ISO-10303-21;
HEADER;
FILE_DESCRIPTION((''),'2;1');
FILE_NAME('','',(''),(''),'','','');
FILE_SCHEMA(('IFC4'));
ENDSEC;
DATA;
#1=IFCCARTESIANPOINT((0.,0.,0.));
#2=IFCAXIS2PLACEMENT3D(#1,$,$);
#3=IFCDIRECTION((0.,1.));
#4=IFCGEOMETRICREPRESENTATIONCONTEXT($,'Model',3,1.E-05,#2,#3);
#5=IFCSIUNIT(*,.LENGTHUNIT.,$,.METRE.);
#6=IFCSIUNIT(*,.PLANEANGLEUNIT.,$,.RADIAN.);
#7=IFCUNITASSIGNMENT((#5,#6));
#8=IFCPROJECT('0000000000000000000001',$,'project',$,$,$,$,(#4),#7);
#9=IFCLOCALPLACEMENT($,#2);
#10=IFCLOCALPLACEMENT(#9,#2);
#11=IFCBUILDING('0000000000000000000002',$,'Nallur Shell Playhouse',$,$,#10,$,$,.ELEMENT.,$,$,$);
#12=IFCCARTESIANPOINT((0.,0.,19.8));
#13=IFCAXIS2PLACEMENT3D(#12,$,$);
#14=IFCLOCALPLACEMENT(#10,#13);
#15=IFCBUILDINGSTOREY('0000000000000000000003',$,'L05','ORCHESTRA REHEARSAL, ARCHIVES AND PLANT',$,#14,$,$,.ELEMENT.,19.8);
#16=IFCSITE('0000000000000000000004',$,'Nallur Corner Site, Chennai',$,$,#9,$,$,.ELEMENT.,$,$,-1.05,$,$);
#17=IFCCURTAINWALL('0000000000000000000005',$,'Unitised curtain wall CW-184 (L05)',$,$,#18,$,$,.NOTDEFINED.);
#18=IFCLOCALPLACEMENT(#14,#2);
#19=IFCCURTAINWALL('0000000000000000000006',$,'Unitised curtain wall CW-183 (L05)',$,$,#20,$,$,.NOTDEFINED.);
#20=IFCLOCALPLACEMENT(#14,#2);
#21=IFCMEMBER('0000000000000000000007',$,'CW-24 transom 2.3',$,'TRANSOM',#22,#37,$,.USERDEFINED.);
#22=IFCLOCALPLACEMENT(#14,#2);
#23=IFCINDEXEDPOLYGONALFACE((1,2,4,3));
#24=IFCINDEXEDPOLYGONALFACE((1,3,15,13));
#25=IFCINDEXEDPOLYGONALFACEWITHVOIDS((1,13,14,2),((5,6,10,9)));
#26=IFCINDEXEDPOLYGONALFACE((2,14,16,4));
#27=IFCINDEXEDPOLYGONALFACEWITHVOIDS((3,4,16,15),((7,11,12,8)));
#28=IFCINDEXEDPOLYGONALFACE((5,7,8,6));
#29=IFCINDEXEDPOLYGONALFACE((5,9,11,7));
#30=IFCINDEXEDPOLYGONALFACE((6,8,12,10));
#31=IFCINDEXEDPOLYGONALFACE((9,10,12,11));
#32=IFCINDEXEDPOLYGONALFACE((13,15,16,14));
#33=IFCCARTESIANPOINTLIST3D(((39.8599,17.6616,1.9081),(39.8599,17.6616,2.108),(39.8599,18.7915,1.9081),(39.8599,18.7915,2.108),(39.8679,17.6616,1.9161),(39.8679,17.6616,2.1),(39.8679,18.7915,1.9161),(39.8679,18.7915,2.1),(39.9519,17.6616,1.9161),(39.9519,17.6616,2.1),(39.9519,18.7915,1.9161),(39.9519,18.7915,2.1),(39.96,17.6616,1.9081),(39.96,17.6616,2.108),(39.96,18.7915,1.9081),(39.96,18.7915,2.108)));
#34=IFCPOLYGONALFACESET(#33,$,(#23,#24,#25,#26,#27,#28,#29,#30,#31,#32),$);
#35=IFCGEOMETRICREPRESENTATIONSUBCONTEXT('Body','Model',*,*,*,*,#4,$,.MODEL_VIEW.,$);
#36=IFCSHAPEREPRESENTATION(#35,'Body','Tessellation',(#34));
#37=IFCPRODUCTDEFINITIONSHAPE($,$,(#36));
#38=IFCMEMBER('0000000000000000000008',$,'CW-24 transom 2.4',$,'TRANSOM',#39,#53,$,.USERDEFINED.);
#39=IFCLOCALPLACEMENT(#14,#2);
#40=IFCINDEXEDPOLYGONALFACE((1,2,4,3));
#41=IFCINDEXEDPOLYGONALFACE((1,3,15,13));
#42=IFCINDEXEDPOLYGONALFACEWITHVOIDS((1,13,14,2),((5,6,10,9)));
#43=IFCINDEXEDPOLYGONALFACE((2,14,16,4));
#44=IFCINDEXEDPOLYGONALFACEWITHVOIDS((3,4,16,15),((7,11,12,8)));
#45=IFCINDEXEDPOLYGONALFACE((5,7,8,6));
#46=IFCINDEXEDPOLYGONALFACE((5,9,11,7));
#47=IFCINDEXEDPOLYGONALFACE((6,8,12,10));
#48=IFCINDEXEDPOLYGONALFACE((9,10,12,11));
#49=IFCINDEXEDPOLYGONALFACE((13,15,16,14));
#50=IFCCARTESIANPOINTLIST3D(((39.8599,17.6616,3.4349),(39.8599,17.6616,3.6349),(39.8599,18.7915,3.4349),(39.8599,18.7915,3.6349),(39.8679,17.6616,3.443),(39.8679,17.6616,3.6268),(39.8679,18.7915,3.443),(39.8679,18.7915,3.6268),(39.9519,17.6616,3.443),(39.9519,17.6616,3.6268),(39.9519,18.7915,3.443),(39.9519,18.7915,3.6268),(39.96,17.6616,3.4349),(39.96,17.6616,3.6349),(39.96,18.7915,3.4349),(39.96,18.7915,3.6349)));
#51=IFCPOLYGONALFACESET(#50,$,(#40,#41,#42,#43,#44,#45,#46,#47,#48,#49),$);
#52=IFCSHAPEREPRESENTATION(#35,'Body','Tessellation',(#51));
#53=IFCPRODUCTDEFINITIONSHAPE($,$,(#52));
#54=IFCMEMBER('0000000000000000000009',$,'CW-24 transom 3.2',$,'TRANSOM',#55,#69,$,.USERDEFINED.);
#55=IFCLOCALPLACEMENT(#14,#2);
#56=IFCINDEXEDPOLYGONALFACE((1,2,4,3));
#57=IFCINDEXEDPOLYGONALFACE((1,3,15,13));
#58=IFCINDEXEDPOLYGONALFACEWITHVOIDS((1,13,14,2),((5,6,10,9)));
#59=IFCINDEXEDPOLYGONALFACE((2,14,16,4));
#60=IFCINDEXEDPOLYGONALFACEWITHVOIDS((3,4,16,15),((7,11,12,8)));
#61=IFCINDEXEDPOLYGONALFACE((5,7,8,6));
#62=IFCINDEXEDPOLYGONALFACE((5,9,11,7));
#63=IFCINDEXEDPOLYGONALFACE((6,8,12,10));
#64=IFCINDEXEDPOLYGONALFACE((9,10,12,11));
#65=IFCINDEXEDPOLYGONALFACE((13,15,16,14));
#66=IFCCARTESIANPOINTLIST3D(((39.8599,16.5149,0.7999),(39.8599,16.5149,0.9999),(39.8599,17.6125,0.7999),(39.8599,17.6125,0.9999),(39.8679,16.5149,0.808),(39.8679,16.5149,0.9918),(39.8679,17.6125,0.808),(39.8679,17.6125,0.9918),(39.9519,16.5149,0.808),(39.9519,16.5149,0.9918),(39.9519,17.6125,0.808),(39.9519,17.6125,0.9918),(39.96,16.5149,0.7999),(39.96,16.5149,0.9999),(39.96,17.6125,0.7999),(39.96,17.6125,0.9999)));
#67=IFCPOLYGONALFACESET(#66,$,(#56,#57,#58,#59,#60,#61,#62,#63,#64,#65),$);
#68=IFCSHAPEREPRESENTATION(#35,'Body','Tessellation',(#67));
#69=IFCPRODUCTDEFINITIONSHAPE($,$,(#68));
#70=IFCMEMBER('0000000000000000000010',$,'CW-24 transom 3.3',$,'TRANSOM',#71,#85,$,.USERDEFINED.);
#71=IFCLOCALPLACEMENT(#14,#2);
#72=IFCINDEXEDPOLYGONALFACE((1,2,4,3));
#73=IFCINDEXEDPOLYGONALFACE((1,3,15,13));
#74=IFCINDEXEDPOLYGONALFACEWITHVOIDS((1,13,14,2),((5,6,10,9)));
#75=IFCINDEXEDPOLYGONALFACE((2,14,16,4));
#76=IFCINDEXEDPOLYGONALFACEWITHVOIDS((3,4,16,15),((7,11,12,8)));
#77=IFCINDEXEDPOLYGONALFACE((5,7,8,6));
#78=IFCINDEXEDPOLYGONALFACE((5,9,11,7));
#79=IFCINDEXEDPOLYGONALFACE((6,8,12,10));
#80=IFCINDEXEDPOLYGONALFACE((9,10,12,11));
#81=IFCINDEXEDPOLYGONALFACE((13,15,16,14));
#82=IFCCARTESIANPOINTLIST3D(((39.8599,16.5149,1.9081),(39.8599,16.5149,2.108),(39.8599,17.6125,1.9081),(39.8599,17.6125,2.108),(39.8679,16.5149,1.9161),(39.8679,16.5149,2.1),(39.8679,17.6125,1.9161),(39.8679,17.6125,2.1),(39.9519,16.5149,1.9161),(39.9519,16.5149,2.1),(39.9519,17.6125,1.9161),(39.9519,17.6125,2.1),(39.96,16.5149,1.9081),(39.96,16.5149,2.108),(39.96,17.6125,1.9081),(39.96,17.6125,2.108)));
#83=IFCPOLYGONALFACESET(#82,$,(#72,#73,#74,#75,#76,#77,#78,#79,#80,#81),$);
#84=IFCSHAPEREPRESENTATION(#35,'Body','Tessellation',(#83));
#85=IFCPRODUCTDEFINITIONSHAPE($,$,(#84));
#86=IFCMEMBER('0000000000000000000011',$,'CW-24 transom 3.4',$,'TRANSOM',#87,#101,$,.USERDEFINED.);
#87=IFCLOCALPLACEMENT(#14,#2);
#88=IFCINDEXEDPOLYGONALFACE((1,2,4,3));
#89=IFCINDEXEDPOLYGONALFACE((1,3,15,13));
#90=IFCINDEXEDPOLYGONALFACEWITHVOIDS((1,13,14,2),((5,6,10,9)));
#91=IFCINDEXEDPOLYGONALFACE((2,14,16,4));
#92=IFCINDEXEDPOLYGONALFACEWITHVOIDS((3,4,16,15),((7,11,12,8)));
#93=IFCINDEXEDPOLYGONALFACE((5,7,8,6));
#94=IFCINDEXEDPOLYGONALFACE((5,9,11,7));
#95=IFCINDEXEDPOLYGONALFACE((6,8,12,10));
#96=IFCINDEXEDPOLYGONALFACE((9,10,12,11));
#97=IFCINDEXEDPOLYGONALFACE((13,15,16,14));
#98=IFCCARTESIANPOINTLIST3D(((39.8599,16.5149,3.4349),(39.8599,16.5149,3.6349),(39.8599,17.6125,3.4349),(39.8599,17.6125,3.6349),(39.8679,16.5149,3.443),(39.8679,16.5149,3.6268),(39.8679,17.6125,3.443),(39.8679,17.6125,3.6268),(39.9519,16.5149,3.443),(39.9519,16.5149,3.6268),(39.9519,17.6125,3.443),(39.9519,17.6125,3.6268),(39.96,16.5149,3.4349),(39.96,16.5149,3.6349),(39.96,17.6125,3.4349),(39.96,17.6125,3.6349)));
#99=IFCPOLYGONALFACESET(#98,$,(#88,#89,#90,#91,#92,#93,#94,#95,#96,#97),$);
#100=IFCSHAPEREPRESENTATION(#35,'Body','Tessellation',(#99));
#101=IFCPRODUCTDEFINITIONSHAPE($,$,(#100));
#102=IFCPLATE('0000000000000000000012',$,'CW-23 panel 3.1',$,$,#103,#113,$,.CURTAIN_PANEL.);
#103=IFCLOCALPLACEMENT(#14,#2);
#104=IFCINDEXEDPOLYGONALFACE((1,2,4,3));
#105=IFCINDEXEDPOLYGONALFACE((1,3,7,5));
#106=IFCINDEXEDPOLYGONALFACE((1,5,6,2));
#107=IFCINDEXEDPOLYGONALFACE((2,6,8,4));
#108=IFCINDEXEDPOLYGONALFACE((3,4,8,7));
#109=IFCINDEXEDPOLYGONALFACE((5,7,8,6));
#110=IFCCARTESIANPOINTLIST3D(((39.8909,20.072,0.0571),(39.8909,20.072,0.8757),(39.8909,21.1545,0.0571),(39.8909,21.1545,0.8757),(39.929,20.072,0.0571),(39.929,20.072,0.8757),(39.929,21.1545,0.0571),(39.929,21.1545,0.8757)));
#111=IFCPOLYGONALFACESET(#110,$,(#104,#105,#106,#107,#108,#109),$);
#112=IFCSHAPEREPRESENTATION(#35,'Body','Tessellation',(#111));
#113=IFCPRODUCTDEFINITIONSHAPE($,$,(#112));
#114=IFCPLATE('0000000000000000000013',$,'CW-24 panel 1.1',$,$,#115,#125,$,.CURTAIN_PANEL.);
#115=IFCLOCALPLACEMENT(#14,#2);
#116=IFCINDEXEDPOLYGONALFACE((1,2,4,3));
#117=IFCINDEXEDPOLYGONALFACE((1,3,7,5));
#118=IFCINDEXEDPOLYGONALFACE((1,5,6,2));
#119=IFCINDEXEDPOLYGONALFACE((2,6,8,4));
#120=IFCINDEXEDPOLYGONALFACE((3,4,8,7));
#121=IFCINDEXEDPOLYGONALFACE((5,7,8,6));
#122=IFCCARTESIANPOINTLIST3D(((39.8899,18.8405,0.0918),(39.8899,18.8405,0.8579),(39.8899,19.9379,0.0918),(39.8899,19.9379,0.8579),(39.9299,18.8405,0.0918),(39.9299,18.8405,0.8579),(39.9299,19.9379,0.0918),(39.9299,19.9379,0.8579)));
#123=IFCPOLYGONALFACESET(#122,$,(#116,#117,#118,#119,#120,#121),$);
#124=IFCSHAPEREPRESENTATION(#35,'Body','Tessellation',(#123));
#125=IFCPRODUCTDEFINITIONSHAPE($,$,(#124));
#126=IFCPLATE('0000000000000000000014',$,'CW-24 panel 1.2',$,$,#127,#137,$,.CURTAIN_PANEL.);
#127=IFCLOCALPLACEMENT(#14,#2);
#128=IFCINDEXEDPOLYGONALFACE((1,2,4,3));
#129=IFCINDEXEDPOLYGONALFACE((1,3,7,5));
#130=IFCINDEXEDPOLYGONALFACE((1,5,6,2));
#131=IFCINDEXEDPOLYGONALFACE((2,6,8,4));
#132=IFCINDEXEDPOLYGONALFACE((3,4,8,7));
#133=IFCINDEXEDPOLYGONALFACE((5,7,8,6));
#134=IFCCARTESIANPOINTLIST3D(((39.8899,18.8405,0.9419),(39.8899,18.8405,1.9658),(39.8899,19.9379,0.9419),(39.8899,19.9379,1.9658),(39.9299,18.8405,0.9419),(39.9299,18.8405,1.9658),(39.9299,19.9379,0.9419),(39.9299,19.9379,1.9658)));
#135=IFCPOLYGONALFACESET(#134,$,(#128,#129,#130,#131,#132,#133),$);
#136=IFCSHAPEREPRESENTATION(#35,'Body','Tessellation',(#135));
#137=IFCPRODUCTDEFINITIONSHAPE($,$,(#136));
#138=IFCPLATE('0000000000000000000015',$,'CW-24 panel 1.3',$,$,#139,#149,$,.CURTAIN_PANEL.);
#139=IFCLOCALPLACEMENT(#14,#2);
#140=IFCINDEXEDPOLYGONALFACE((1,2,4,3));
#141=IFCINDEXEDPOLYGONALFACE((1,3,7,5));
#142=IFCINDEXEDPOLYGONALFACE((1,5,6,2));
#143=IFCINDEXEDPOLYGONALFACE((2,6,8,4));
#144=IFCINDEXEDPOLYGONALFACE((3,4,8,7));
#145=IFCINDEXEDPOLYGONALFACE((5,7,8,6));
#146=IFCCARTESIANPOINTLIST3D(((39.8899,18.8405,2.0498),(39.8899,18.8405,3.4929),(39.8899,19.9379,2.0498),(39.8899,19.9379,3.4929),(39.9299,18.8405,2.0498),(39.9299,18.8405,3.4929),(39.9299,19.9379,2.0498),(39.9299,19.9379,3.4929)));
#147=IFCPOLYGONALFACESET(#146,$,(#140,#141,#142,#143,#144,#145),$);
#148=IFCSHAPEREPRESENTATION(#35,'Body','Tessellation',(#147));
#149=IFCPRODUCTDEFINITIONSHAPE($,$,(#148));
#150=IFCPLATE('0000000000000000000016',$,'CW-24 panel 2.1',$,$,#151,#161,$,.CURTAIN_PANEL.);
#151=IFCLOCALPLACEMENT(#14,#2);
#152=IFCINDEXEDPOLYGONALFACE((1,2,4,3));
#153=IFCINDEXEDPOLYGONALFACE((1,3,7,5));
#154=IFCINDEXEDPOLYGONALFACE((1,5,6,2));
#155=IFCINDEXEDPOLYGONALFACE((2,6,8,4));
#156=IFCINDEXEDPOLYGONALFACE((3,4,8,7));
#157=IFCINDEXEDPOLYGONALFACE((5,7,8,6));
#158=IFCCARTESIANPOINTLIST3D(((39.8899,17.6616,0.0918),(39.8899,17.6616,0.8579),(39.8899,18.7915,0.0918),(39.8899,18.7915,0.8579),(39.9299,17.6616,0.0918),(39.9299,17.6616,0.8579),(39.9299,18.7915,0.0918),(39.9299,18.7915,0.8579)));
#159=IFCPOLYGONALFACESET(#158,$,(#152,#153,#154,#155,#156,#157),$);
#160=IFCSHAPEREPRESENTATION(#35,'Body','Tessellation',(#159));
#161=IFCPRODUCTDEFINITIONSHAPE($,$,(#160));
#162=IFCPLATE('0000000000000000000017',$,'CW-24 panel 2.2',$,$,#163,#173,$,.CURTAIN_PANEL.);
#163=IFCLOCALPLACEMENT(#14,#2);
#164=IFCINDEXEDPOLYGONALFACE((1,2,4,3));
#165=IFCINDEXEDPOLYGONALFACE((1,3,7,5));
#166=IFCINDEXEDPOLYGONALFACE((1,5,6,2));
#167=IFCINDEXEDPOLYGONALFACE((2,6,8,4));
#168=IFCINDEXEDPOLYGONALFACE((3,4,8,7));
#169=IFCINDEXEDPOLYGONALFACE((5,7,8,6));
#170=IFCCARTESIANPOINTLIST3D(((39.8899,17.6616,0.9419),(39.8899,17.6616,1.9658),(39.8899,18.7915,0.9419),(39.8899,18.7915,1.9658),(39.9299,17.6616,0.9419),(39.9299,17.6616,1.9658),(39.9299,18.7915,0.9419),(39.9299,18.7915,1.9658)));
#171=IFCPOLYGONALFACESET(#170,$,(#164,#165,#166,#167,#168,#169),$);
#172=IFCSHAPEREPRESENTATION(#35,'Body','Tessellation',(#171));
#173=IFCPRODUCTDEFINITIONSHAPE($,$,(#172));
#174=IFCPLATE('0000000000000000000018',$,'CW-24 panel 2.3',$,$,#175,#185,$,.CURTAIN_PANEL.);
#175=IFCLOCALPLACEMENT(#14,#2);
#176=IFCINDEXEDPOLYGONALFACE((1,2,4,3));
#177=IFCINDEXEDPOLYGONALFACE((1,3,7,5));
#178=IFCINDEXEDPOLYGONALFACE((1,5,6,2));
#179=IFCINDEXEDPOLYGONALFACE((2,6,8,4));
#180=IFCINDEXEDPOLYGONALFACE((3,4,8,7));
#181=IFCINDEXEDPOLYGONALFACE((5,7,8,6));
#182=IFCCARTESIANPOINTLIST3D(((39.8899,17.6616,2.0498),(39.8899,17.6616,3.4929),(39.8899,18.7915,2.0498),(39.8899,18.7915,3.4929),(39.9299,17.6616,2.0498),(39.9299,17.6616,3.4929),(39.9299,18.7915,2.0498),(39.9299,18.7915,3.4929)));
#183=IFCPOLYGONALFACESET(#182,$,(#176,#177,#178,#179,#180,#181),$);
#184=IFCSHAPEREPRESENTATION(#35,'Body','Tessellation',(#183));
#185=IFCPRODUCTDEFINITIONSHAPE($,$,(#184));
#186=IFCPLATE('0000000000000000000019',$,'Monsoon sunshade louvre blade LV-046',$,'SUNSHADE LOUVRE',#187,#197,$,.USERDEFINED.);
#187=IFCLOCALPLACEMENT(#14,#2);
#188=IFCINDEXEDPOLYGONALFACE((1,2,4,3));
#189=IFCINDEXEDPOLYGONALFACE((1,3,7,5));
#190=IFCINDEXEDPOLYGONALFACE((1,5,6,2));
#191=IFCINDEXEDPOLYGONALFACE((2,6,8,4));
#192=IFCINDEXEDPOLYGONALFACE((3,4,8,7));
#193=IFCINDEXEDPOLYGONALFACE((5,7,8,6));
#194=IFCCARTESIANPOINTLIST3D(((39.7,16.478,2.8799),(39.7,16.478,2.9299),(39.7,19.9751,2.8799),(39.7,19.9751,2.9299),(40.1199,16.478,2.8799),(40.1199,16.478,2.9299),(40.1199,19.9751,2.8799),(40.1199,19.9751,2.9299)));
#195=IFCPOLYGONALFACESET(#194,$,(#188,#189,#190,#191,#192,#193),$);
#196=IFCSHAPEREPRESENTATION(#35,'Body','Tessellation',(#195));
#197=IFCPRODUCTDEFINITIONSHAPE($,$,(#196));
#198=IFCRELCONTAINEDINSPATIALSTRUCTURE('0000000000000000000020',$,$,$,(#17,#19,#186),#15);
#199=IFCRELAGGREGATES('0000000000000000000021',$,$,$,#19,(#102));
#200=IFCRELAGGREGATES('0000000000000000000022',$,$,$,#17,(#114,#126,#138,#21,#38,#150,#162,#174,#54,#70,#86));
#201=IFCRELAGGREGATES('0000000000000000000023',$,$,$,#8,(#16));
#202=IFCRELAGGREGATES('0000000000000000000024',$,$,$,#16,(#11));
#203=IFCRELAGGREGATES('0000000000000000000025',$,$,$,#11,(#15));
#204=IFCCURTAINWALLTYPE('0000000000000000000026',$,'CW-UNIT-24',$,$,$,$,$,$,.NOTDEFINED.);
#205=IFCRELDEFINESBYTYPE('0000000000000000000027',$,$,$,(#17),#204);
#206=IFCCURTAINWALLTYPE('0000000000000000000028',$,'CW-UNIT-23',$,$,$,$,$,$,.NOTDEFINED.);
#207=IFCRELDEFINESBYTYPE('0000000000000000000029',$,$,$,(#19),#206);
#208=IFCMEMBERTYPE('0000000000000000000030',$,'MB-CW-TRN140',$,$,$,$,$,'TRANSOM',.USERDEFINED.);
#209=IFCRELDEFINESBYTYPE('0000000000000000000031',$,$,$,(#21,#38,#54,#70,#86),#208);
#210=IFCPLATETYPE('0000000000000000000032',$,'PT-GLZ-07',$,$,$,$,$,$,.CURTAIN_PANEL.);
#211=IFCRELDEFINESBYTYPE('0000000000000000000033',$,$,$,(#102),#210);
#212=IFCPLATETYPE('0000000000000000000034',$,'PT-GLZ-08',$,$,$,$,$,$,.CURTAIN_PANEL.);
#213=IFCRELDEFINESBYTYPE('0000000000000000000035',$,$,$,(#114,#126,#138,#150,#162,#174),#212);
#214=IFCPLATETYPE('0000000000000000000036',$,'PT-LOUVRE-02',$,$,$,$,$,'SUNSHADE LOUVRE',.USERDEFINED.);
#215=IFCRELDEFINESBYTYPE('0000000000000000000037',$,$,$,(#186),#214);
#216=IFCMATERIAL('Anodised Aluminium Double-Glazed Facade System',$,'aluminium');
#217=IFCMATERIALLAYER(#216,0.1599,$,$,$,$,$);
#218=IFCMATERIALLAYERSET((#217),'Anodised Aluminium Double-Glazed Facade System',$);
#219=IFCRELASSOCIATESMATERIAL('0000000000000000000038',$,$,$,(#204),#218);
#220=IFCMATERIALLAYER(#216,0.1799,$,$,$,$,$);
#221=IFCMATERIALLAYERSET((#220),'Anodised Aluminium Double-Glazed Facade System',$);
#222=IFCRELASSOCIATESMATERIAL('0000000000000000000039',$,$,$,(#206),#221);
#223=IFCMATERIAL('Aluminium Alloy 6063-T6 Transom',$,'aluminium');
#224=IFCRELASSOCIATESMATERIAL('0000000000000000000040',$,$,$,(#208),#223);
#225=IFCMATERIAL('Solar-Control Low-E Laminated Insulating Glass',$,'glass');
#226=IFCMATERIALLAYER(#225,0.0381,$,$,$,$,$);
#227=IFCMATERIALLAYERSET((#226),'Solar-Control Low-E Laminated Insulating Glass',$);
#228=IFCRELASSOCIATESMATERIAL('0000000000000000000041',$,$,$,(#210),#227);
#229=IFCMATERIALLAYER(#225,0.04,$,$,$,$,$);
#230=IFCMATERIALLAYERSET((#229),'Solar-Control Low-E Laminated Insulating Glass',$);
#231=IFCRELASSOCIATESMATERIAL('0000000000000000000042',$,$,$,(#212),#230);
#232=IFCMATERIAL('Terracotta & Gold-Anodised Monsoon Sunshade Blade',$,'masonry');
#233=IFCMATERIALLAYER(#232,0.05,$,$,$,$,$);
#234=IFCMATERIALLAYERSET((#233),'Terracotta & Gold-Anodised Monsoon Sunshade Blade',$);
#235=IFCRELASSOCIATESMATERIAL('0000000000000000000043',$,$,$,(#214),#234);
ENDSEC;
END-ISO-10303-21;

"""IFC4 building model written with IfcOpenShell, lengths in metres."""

from ifc_helpers import new_model, si_unit, direction, frame, origin, origin_2d, place, context, subcontext, project, spatial, rectangle, hollow_rectangle, extrude, material, layer, layer_set, material_profile, profile_set, type_object, element, aggregate, save


model = new_model("IFC4")

# Units and contexts
model_context = context("Model", 3, precision=1e-05, world=origin(), true_north=direction((0.0, 1.0)))
body_context = subcontext(model_context, "Body", "Model", "MODEL_VIEW")
ifc_project = project(units=[si_unit("LENGTHUNIT", "METRE"), si_unit("PLANEANGLEUNIT", "RADIAN")], contexts=[model_context])

# Site, building, storey
site_placement = place(None, origin())
site = spatial("IfcSite", under=ifc_project, at=site_placement, Name="Nallur Corner Site, Chennai", CompositionType="ELEMENT", RefElevation=-1.05)
building_placement = place(site_placement, origin())
building = spatial("IfcBuilding", under=site, at=building_placement, Name="Nallur Shell Playhouse", CompositionType="ELEMENT")
storey_placement = place(building_placement, frame((0.0, 0.0, 19.8)))
storey = spatial("IfcBuildingStorey", under=building, at=storey_placement, Name="L05", Description="ORCHESTRA REHEARSAL, ARCHIVES AND PLANT", CompositionType="ELEMENT", Elevation=19.8)

# Curtain wall
ifc_material_1 = material(Name="Anodised Aluminium Double-Glazed Facade System", Category="aluminium")
ifc_layer_1 = layer(ifc_material_1, 0.1599)
ifc_layer_set_1 = layer_set([ifc_layer_1], Name="Anodised Aluminium Double-Glazed Facade System")
curtain_wall_type_1 = type_object("IfcCurtainWallType", Name="CW-UNIT-24", PredefinedType="NOTDEFINED", material=ifc_layer_set_1)
curtain_wall_1_placement = place(storey_placement, origin())
curtain_wall_1 = element("IfcCurtainWall", 1, at=curtain_wall_1_placement, inside=storey, type_object=curtain_wall_type_1, Name="Unitised curtain wall CW-184 (L05)", PredefinedType="NOTDEFINED")

# Curtain wall
ifc_layer_2 = layer(ifc_material_1, 0.1799)
ifc_layer_set_2 = layer_set([ifc_layer_2], Name="Anodised Aluminium Double-Glazed Facade System")
curtain_wall_type_2 = type_object("IfcCurtainWallType", Name="CW-UNIT-23", PredefinedType="NOTDEFINED", material=ifc_layer_set_2)
curtain_wall_2_placement = place(storey_placement, origin())
curtain_wall_2 = element("IfcCurtainWall", 2, at=curtain_wall_2_placement, inside=storey, type_object=curtain_wall_type_2, Name="Unitised curtain wall CW-183 (L05)", PredefinedType="NOTDEFINED")

# Members
ifc_material_2 = material(Name="Aluminium Alloy 6063-T6 Transom", Category="aluminium")
ifc_material_profile_1 = material_profile(ifc_material_2, hollow_rectangle(XDim=0.1001, YDim=0.2, WallThickness=0.0081, at=origin_2d()), Name="RHS 200x100x8")
ifc_profile_set_1 = profile_set([ifc_material_profile_1], Name="Aluminium Alloy 6063-T6 Transom")
member_type_1 = type_object("IfcMemberType", Name="MB-CW-TRN140", ElementType="TRANSOM", PredefinedType="USERDEFINED", material=ifc_profile_set_1)
member_1_placement = place(storey_placement, frame((39.9099, 18.7915, 2.0081), z_axis=(0.0, -1.0, 0.0), x_axis=(1.0, 0.0, 0.0)))
member_1 = element("IfcMember", 3, at=member_1_placement, type_object=member_type_1, Name="CW-24 transom 2.3", ObjectType="TRANSOM", PredefinedType="USERDEFINED", context=body_context, shape_type="SweptSolid", body=[
    extrude(hollow_rectangle(XDim=0.1001, YDim=0.2, WallThickness=0.0081, at=origin_2d()), origin(), (0.0, 0.0, 1.0), 1.1299),
])
member_2_placement = place(storey_placement, frame((39.9099, 18.7915, 3.5349), z_axis=(0.0, -1.0, 0.0), x_axis=(1.0, 0.0, 0.0)))
member_2 = element("IfcMember", 4, at=member_2_placement, type_object=member_type_1, Name="CW-24 transom 2.4", ObjectType="TRANSOM", PredefinedType="USERDEFINED", context=body_context, shape_type="SweptSolid", body=[
    extrude(hollow_rectangle(XDim=0.1001, YDim=0.2, WallThickness=0.0081, at=origin_2d()), origin(), (0.0, 0.0, 1.0), 1.1299),
])
member_3_placement = place(storey_placement, frame((39.9099, 17.6125, 0.8999), z_axis=(0.0, -1.0, 0.0), x_axis=(1.0, 0.0, 0.0)))
member_3 = element("IfcMember", 5, at=member_3_placement, type_object=member_type_1, Name="CW-24 transom 3.2", ObjectType="TRANSOM", PredefinedType="USERDEFINED", context=body_context, shape_type="SweptSolid", body=[
    extrude(hollow_rectangle(XDim=0.1001, YDim=0.2, WallThickness=0.0081, at=origin_2d()), origin(), (0.0, 0.0, 1.0), 1.0977),
])
member_4_placement = place(storey_placement, frame((39.9099, 17.6125, 2.0081), z_axis=(0.0, -1.0, 0.0), x_axis=(1.0, 0.0, 0.0)))
member_4 = element("IfcMember", 6, at=member_4_placement, type_object=member_type_1, Name="CW-24 transom 3.3", ObjectType="TRANSOM", PredefinedType="USERDEFINED", context=body_context, shape_type="SweptSolid", body=[
    extrude(hollow_rectangle(XDim=0.1001, YDim=0.2, WallThickness=0.0081, at=origin_2d()), origin(), (0.0, 0.0, 1.0), 1.0977),
])
member_5_placement = place(storey_placement, frame((39.9099, 17.6125, 3.5349), z_axis=(0.0, -1.0, 0.0), x_axis=(1.0, 0.0, 0.0)))
member_5 = element("IfcMember", 7, at=member_5_placement, type_object=member_type_1, Name="CW-24 transom 3.4", ObjectType="TRANSOM", PredefinedType="USERDEFINED", context=body_context, shape_type="SweptSolid", body=[
    extrude(hollow_rectangle(XDim=0.1001, YDim=0.2, WallThickness=0.0081, at=origin_2d()), origin(), (0.0, 0.0, 1.0), 1.0977),
])

# Plates
ifc_material_3 = material(Name="Solar-Control Low-E Laminated Insulating Glass", Category="glass")
ifc_layer_3 = layer(ifc_material_3, 0.0381)
ifc_layer_set_3 = layer_set([ifc_layer_3], Name="Solar-Control Low-E Laminated Insulating Glass")
plate_type_1 = type_object("IfcPlateType", Name="PT-GLZ-07", PredefinedType="CURTAIN_PANEL", material=ifc_layer_set_3)
plate_1_placement = place(storey_placement, frame((39.9099, 20.6133, 0.0571), z_axis=(0.0, 0.0, 1.0), x_axis=(0.0, -1.0, 0.0)))
plate_1 = element("IfcPlate", 8, at=plate_1_placement, type_object=plate_type_1, Name="CW-23 panel 3.1", PredefinedType="CURTAIN_PANEL", context=body_context, shape_type="SweptSolid", body=[
    extrude(rectangle(XDim=1.0825, YDim=0.0381, at=origin_2d()), origin(), (0.0, 0.0, 1.0), 0.8186),
])
aggregate(curtain_wall_2, [plate_1])
ifc_layer_4 = layer(ifc_material_3, 0.04)
ifc_layer_set_4 = layer_set([ifc_layer_4], Name="Solar-Control Low-E Laminated Insulating Glass")
plate_type_2 = type_object("IfcPlateType", Name="PT-GLZ-08", PredefinedType="CURTAIN_PANEL", material=ifc_layer_set_4)
plate_2_placement = place(storey_placement, frame((39.9099, 19.3892, 0.0918), z_axis=(0.0, 0.0, 1.0), x_axis=(0.0, -1.0, 0.0)))
plate_2 = element("IfcPlate", 9, at=plate_2_placement, type_object=plate_type_2, Name="CW-24 panel 1.1", PredefinedType="CURTAIN_PANEL", context=body_context, shape_type="SweptSolid", body=[
    extrude(rectangle(XDim=1.0974, YDim=0.04, at=origin_2d()), origin(), (0.0, 0.0, 1.0), 0.7661),
])
plate_3_placement = place(storey_placement, frame((39.9099, 19.3892, 0.9419), z_axis=(0.0, 0.0, 1.0), x_axis=(0.0, -1.0, 0.0)))
plate_3 = element("IfcPlate", 10, at=plate_3_placement, type_object=plate_type_2, Name="CW-24 panel 1.2", PredefinedType="CURTAIN_PANEL", context=body_context, shape_type="SweptSolid", body=[
    extrude(rectangle(XDim=1.0974, YDim=0.04, at=origin_2d()), origin(), (0.0, 0.0, 1.0), 1.0239),
])
plate_4_placement = place(storey_placement, frame((39.9099, 19.3892, 2.0498), z_axis=(0.0, 0.0, 1.0), x_axis=(0.0, -1.0, 0.0)))
plate_4 = element("IfcPlate", 11, at=plate_4_placement, type_object=plate_type_2, Name="CW-24 panel 1.3", PredefinedType="CURTAIN_PANEL", context=body_context, shape_type="SweptSolid", body=[
    extrude(rectangle(XDim=1.0974, YDim=0.04, at=origin_2d()), origin(), (0.0, 0.0, 1.0), 1.4431),
])
plate_5_placement = place(storey_placement, frame((39.9099, 18.2266, 0.0918), z_axis=(0.0, 0.0, 1.0), x_axis=(0.0, -1.0, 0.0)))
plate_5 = element("IfcPlate", 12, at=plate_5_placement, type_object=plate_type_2, Name="CW-24 panel 2.1", PredefinedType="CURTAIN_PANEL", context=body_context, shape_type="SweptSolid", body=[
    extrude(rectangle(XDim=1.1299, YDim=0.04, at=origin_2d()), origin(), (0.0, 0.0, 1.0), 0.7661),
])
plate_6_placement = place(storey_placement, frame((39.9099, 18.2266, 0.9419), z_axis=(0.0, 0.0, 1.0), x_axis=(0.0, -1.0, 0.0)))
plate_6 = element("IfcPlate", 13, at=plate_6_placement, type_object=plate_type_2, Name="CW-24 panel 2.2", PredefinedType="CURTAIN_PANEL", context=body_context, shape_type="SweptSolid", body=[
    extrude(rectangle(XDim=1.1299, YDim=0.04, at=origin_2d()), origin(), (0.0, 0.0, 1.0), 1.0239),
])
plate_7_placement = place(storey_placement, frame((39.9099, 18.2266, 2.0498), z_axis=(0.0, 0.0, 1.0), x_axis=(0.0, -1.0, 0.0)))
plate_7 = element("IfcPlate", 14, at=plate_7_placement, type_object=plate_type_2, Name="CW-24 panel 2.3", PredefinedType="CURTAIN_PANEL", context=body_context, shape_type="SweptSolid", body=[
    extrude(rectangle(XDim=1.1299, YDim=0.04, at=origin_2d()), origin(), (0.0, 0.0, 1.0), 1.4431),
])
aggregate(curtain_wall_1, [plate_2, plate_3, plate_4, member_1, member_2, plate_5, plate_6, plate_7, member_3, member_4, member_5])
ifc_material_4 = material(Name="Terracotta & Gold-Anodised Monsoon Sunshade Blade", Category="masonry")
ifc_layer_5 = layer(ifc_material_4, 0.05)
ifc_layer_set_5 = layer_set([ifc_layer_5], Name="Terracotta & Gold-Anodised Monsoon Sunshade Blade")
plate_type_3 = type_object("IfcPlateType", Name="PT-LOUVRE-02", ElementType="SUNSHADE LOUVRE", PredefinedType="USERDEFINED", material=ifc_layer_set_5)
plate_8_placement = place(storey_placement, frame((39.9099, 18.2266, 2.8799), z_axis=(0.0, 0.0, 1.0), x_axis=(0.0, -1.0, 0.0)))
element("IfcPlate", 15, at=plate_8_placement, inside=storey, type_object=plate_type_3, Name="Monsoon sunshade louvre blade LV-046", ObjectType="SUNSHADE LOUVRE", PredefinedType="USERDEFINED", context=body_context, shape_type="SweptSolid", body=[
    extrude(rectangle(XDim=3.4971, YDim=0.4199, at=origin_2d()), origin(), (0.0, 0.0, 1.0), 0.05),
])

save(model, "model.ifc")
